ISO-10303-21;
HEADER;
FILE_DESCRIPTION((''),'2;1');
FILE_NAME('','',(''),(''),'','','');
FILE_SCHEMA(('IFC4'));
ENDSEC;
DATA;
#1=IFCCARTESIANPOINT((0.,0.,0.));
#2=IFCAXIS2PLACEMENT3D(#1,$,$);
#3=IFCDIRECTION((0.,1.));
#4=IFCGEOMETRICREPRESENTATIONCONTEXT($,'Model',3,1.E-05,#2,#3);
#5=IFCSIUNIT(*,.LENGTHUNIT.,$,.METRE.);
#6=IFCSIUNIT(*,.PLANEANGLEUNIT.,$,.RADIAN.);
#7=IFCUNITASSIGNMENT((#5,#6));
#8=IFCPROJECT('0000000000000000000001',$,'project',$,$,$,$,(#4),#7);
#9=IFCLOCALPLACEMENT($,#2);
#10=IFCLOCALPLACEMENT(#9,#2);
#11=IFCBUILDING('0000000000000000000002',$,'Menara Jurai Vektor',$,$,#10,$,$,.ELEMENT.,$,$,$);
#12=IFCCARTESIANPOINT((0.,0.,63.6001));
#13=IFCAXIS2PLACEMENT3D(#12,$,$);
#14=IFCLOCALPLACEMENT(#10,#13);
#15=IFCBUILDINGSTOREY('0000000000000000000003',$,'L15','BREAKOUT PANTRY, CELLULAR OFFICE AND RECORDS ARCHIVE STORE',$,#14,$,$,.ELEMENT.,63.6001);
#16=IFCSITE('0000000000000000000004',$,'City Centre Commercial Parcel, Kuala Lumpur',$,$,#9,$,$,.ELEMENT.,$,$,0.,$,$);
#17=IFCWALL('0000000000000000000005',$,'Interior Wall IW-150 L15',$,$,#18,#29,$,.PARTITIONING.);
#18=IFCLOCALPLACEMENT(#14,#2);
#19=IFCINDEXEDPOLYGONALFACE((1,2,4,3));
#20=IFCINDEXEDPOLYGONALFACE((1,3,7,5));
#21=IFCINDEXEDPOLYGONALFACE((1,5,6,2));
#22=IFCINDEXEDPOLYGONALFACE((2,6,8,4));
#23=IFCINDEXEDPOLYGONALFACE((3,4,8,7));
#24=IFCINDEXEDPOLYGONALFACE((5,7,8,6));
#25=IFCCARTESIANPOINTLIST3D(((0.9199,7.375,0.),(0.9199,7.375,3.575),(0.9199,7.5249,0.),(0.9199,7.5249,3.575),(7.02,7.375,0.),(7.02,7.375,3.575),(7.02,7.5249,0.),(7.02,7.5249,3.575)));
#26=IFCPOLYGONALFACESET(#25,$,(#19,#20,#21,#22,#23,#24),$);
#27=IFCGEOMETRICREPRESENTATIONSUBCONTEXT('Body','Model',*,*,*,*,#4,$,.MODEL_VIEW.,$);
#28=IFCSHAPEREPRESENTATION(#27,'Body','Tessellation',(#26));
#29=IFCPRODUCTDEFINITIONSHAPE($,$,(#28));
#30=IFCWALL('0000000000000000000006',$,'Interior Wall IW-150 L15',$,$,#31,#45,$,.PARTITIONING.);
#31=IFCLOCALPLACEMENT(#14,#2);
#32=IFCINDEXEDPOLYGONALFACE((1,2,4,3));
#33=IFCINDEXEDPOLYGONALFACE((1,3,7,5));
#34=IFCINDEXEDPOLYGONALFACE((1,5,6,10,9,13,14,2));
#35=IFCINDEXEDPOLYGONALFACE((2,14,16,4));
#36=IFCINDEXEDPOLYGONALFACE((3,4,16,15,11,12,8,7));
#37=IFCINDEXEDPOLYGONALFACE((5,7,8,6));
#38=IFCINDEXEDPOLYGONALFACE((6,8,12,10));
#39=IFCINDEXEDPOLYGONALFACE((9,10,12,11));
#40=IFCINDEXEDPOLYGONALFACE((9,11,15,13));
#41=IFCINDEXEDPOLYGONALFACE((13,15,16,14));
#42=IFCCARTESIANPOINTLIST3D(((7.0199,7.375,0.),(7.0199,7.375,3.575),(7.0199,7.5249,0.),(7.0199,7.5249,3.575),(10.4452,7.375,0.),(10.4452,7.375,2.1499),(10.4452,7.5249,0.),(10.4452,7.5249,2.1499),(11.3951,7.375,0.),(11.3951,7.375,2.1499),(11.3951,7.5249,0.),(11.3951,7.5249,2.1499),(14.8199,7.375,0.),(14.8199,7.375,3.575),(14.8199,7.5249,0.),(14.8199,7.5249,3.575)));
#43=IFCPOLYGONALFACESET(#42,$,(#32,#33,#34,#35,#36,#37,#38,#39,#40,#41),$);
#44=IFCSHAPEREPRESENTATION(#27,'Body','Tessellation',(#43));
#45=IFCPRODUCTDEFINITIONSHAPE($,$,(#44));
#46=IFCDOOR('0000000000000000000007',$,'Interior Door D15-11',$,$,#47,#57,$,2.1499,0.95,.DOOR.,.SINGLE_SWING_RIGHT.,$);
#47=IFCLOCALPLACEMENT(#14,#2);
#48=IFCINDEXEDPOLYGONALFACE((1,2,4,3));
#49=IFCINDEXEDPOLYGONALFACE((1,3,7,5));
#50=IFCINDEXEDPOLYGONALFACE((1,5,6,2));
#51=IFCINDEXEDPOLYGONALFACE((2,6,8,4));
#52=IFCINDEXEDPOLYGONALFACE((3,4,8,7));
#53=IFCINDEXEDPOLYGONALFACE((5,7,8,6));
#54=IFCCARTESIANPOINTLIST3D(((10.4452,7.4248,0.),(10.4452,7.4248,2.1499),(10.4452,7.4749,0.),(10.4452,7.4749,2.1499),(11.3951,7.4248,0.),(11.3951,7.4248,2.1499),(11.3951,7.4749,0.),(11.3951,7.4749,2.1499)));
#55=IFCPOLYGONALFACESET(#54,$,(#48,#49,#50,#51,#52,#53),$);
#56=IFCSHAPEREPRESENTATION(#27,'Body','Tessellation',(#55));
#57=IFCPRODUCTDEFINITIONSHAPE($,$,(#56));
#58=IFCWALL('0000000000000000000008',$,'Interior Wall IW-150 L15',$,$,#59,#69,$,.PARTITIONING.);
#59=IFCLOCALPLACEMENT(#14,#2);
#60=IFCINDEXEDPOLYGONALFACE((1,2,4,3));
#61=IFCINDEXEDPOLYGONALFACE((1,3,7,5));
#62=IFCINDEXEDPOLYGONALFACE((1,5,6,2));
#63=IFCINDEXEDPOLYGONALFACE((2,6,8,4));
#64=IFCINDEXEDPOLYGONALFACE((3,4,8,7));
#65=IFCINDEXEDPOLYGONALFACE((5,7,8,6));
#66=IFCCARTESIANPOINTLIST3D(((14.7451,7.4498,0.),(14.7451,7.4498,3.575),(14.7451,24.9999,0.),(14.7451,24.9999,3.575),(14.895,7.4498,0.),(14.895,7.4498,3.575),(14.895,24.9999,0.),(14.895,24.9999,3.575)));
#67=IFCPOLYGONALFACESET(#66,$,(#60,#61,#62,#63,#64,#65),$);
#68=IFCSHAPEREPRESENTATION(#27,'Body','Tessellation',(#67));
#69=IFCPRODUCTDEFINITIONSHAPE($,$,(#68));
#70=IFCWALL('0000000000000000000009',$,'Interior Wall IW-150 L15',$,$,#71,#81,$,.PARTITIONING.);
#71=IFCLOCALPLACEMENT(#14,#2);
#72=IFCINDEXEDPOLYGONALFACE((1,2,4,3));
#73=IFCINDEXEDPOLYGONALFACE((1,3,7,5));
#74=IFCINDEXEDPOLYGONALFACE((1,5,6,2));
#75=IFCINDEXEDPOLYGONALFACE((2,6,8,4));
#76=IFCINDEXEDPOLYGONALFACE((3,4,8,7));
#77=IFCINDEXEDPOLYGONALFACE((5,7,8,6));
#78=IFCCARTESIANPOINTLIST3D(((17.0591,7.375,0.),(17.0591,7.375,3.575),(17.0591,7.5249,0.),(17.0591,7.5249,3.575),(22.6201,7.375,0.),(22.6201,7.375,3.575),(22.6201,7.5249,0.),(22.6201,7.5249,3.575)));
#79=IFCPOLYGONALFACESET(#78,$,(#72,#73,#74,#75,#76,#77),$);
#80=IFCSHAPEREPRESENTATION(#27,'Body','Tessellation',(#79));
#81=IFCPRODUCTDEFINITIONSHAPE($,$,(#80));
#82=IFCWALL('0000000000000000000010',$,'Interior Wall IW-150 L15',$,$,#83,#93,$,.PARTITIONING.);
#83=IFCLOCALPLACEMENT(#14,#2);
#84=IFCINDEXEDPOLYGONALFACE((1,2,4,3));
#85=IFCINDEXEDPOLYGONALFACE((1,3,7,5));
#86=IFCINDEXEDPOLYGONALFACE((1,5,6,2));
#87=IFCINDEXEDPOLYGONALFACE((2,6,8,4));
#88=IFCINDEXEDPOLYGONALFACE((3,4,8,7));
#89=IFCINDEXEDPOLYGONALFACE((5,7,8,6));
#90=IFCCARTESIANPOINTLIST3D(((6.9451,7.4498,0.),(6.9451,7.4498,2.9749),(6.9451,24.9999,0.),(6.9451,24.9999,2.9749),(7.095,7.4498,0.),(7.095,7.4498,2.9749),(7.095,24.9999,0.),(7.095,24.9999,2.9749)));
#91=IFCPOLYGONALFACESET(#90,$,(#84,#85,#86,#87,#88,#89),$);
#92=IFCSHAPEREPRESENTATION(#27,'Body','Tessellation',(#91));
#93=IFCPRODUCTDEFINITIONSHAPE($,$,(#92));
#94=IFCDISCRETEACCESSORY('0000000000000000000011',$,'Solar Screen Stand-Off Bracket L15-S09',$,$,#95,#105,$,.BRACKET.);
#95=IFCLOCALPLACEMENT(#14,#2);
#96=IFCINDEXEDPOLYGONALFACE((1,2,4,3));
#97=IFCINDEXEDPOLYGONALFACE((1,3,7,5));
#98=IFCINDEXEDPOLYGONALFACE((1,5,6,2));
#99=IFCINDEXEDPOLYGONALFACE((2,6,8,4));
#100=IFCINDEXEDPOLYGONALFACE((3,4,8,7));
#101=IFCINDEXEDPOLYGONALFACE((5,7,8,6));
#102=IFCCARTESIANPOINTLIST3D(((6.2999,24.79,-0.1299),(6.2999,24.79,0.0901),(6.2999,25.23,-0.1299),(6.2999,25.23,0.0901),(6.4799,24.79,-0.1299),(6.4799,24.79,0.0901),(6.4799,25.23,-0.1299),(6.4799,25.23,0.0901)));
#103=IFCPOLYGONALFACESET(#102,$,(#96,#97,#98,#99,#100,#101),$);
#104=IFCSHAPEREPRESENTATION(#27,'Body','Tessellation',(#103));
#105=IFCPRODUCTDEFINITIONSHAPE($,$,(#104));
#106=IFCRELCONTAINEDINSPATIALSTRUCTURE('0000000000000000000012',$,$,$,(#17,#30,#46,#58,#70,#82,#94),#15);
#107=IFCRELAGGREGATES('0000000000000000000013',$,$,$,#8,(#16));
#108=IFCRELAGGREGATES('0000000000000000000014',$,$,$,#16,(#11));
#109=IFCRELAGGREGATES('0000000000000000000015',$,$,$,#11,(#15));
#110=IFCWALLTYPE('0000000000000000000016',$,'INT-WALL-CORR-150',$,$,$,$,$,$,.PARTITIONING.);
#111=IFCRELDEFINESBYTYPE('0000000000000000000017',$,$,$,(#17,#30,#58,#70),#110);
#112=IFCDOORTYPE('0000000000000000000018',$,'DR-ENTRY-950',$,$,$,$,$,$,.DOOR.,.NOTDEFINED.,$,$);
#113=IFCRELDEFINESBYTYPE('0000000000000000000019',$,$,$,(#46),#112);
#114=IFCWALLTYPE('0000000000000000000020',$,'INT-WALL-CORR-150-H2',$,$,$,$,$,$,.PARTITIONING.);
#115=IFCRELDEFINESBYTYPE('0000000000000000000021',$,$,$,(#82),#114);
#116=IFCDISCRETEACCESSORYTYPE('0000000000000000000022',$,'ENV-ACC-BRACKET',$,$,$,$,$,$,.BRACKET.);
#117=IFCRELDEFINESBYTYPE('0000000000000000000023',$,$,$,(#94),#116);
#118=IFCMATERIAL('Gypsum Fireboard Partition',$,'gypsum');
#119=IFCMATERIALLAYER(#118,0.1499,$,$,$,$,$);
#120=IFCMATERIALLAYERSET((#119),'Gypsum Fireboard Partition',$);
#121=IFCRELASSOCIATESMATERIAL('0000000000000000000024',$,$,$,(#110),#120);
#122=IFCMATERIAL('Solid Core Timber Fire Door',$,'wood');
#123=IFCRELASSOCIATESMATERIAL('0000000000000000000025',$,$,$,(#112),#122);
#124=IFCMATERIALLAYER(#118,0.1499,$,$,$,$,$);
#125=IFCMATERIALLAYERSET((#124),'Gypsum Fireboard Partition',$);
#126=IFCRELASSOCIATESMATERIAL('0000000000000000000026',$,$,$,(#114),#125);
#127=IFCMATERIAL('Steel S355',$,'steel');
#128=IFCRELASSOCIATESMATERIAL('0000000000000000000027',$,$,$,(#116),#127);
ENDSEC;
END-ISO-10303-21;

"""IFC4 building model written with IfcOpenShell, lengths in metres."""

from ifc_helpers import new_model, si_unit, direction, frame, frame_2d, origin, origin_2d, place, context, subcontext, project, spatial, rectangle, extrude, material, layer, layer_set, type_object, element, fill, save


model = new_model("IFC4")

# Units and contexts
model_context = context("Model", 3, precision=1e-05, world=origin(), true_north=direction((0.0, 1.0)))
body_context = subcontext(model_context, "Body", "Model", "MODEL_VIEW")
ifc_project = project(units=[si_unit("LENGTHUNIT", "METRE"), si_unit("PLANEANGLEUNIT", "RADIAN")], contexts=[model_context])

# Site, building, storey
site_placement = place(None, origin())
site = spatial("IfcSite", under=ifc_project, at=site_placement, Name="City Centre Commercial Parcel, Kuala Lumpur", CompositionType="ELEMENT", RefElevation=0.0)
building_placement = place(site_placement, origin())
building = spatial("IfcBuilding", under=site, at=building_placement, Name="Menara Jurai Vektor", CompositionType="ELEMENT")
storey_placement = place(building_placement, frame((0.0, 0.0, 63.6001)))
storey = spatial("IfcBuildingStorey", under=building, at=storey_placement, Name="L15", Description="BREAKOUT PANTRY, CELLULAR OFFICE AND RECORDS ARCHIVE STORE", CompositionType="ELEMENT", Elevation=63.6001)

# Shared definitions
ifc_material_1 = material(Name="Steel S355", Category="steel")

# Wall
ifc_material_2 = material(Name="Gypsum Fireboard Partition", Category="gypsum")
ifc_layer_1 = layer(ifc_material_2, 0.1499)
ifc_layer_set_1 = layer_set([ifc_layer_1], Name="Gypsum Fireboard Partition")
wall_type_1 = type_object("IfcWallType", Name="INT-WALL-CORR-150", PredefinedType="PARTITIONING", material=ifc_layer_set_1)
wall_1_placement = place(storey_placement, frame((0.9199, 7.45, 0.0), z_axis=(0.0, 0.0, 1.0), x_axis=(1.0, 0.0, 0.0)))
element("IfcWall", 1, at=wall_1_placement, inside=storey, type_object=wall_type_1, Name="Interior Wall IW-150 L15", PredefinedType="PARTITIONING", context=body_context, shape_type="SweptSolid", body=[
    extrude(rectangle(XDim=6.1001, YDim=0.1499, at=frame_2d((3.05, 0.0))), origin(), (0.0, 0.0, 1.0), 3.575),
])

# Wall, opening, door
wall_2_placement = place(storey_placement, frame((7.02, 7.45, 0.0), z_axis=(0.0, 0.0, 1.0), x_axis=(1.0, 0.0, 0.0)))
wall_2 = element("IfcWall", 2, at=wall_2_placement, inside=storey, type_object=wall_type_1, Name="Interior Wall IW-150 L15", PredefinedType="PARTITIONING", context=body_context, shape_type="SweptSolid", body=[
    extrude(rectangle(XDim=7.8, YDim=0.1499, at=frame_2d((3.8999, 0.0))), origin(), (0.0, 0.0, 1.0), 3.575),
])
opening_1_placement = place(wall_2_placement, frame((3.425, 0.0, 0.0)))
opening_1 = element("IfcOpeningElement", 3, at=opening_1_placement, cuts=wall_2, PredefinedType="OPENING", context=body_context, shape_type="SweptSolid", body=[
    extrude(rectangle(XDim=0.95, YDim=2.1499, at=frame_2d((0.4751, 1.075))), frame((0.0, 0.085, 0.0), z_axis=(0.0, -1.0, 0.0), x_axis=(1.0, 0.0, 0.0)), (0.0, 0.0, 1.0), 0.1699),
])
ifc_material_3 = material(Name="Solid Core Timber Fire Door", Category="wood")
door_type = type_object("IfcDoorType", Name="DR-ENTRY-950", OperationType="NOTDEFINED", PredefinedType="DOOR", material=ifc_material_3)
door_1_placement = place(opening_1_placement, origin())
door_1 = element("IfcDoor", 4, at=door_1_placement, inside=storey, type_object=door_type, Name="Interior Door D15-11", OperationType="SINGLE_SWING_RIGHT", OverallHeight=2.1499, OverallWidth=0.95, PredefinedType="DOOR", context=body_context, shape_type="SweptSolid", body=[
    extrude(rectangle(XDim=0.95, YDim=2.1499, at=frame_2d((0.4751, 1.075))), frame((0.0, 0.0249, 0.0), z_axis=(0.0, -1.0, 0.0), x_axis=(1.0, 0.0, 0.0)), (0.0, 0.0, 1.0), 0.05),
])
fill(opening_1, door_1)

# Walls
wall_3_placement = place(storey_placement, frame((14.8201, 7.45, 0.0), z_axis=(0.0, 0.0, 1.0), x_axis=(0.0, 1.0, 0.0)))
element("IfcWall", 5, at=wall_3_placement, inside=storey, type_object=wall_type_1, Name="Interior Wall IW-150 L15", PredefinedType="PARTITIONING", context=body_context, shape_type="SweptSolid", body=[
    extrude(rectangle(XDim=17.55, YDim=0.1499, at=frame_2d((8.7749, 0.0))), origin(), (0.0, 0.0, 1.0), 3.575),
])
wall_4_placement = place(storey_placement, frame((17.0591, 7.45, 0.0), z_axis=(0.0, 0.0, 1.0), x_axis=(1.0, 0.0, 0.0)))
element("IfcWall", 6, at=wall_4_placement, inside=storey, type_object=wall_type_1, Name="Interior Wall IW-150 L15", PredefinedType="PARTITIONING", context=body_context, shape_type="SweptSolid", body=[
    extrude(rectangle(XDim=5.561, YDim=0.1499, at=frame_2d((2.7805, 0.0))), origin(), (0.0, 0.0, 1.0), 3.575),
])
ifc_layer_2 = layer(ifc_material_2, 0.1499)
ifc_layer_set_2 = layer_set([ifc_layer_2], Name="Gypsum Fireboard Partition")
wall_type_2 = type_object("IfcWallType", Name="INT-WALL-CORR-150-H2", PredefinedType="PARTITIONING", material=ifc_layer_set_2)
wall_5_placement = place(storey_placement, frame((7.02, 7.45, 0.0), z_axis=(0.0, 0.0, 1.0), x_axis=(0.0, 1.0, 0.0)))
element("IfcWall", 7, at=wall_5_placement, inside=storey, type_object=wall_type_2, Name="Interior Wall IW-150 L15", PredefinedType="PARTITIONING", context=body_context, shape_type="SweptSolid", body=[
    extrude(rectangle(XDim=17.55, YDim=0.1499, at=frame_2d((8.7749, 0.0))), origin(), (0.0, 0.0, 1.0), 2.9749),
])

# Discrete accessory
discrete_accessory_type = type_object("IfcDiscreteAccessoryType", Name="ENV-ACC-BRACKET", PredefinedType="BRACKET", material=ifc_material_1)
discrete_accessory_placement = place(storey_placement, frame((6.3899, 25.01, -0.1299), z_axis=(0.0, 0.0, 1.0), x_axis=(-1.0, 0.0, 0.0)))
element("IfcDiscreteAccessory", 8, at=discrete_accessory_placement, inside=storey, type_object=discrete_accessory_type, Name="Solar Screen Stand-Off Bracket L15-S09", PredefinedType="BRACKET", context=body_context, shape_type="SweptSolid", body=[
    extrude(rectangle(XDim=0.1799, YDim=0.4399, at=origin_2d()), origin(), (0.0, 0.0, 1.0), 0.22),
])

save(model, "model.ifc")
